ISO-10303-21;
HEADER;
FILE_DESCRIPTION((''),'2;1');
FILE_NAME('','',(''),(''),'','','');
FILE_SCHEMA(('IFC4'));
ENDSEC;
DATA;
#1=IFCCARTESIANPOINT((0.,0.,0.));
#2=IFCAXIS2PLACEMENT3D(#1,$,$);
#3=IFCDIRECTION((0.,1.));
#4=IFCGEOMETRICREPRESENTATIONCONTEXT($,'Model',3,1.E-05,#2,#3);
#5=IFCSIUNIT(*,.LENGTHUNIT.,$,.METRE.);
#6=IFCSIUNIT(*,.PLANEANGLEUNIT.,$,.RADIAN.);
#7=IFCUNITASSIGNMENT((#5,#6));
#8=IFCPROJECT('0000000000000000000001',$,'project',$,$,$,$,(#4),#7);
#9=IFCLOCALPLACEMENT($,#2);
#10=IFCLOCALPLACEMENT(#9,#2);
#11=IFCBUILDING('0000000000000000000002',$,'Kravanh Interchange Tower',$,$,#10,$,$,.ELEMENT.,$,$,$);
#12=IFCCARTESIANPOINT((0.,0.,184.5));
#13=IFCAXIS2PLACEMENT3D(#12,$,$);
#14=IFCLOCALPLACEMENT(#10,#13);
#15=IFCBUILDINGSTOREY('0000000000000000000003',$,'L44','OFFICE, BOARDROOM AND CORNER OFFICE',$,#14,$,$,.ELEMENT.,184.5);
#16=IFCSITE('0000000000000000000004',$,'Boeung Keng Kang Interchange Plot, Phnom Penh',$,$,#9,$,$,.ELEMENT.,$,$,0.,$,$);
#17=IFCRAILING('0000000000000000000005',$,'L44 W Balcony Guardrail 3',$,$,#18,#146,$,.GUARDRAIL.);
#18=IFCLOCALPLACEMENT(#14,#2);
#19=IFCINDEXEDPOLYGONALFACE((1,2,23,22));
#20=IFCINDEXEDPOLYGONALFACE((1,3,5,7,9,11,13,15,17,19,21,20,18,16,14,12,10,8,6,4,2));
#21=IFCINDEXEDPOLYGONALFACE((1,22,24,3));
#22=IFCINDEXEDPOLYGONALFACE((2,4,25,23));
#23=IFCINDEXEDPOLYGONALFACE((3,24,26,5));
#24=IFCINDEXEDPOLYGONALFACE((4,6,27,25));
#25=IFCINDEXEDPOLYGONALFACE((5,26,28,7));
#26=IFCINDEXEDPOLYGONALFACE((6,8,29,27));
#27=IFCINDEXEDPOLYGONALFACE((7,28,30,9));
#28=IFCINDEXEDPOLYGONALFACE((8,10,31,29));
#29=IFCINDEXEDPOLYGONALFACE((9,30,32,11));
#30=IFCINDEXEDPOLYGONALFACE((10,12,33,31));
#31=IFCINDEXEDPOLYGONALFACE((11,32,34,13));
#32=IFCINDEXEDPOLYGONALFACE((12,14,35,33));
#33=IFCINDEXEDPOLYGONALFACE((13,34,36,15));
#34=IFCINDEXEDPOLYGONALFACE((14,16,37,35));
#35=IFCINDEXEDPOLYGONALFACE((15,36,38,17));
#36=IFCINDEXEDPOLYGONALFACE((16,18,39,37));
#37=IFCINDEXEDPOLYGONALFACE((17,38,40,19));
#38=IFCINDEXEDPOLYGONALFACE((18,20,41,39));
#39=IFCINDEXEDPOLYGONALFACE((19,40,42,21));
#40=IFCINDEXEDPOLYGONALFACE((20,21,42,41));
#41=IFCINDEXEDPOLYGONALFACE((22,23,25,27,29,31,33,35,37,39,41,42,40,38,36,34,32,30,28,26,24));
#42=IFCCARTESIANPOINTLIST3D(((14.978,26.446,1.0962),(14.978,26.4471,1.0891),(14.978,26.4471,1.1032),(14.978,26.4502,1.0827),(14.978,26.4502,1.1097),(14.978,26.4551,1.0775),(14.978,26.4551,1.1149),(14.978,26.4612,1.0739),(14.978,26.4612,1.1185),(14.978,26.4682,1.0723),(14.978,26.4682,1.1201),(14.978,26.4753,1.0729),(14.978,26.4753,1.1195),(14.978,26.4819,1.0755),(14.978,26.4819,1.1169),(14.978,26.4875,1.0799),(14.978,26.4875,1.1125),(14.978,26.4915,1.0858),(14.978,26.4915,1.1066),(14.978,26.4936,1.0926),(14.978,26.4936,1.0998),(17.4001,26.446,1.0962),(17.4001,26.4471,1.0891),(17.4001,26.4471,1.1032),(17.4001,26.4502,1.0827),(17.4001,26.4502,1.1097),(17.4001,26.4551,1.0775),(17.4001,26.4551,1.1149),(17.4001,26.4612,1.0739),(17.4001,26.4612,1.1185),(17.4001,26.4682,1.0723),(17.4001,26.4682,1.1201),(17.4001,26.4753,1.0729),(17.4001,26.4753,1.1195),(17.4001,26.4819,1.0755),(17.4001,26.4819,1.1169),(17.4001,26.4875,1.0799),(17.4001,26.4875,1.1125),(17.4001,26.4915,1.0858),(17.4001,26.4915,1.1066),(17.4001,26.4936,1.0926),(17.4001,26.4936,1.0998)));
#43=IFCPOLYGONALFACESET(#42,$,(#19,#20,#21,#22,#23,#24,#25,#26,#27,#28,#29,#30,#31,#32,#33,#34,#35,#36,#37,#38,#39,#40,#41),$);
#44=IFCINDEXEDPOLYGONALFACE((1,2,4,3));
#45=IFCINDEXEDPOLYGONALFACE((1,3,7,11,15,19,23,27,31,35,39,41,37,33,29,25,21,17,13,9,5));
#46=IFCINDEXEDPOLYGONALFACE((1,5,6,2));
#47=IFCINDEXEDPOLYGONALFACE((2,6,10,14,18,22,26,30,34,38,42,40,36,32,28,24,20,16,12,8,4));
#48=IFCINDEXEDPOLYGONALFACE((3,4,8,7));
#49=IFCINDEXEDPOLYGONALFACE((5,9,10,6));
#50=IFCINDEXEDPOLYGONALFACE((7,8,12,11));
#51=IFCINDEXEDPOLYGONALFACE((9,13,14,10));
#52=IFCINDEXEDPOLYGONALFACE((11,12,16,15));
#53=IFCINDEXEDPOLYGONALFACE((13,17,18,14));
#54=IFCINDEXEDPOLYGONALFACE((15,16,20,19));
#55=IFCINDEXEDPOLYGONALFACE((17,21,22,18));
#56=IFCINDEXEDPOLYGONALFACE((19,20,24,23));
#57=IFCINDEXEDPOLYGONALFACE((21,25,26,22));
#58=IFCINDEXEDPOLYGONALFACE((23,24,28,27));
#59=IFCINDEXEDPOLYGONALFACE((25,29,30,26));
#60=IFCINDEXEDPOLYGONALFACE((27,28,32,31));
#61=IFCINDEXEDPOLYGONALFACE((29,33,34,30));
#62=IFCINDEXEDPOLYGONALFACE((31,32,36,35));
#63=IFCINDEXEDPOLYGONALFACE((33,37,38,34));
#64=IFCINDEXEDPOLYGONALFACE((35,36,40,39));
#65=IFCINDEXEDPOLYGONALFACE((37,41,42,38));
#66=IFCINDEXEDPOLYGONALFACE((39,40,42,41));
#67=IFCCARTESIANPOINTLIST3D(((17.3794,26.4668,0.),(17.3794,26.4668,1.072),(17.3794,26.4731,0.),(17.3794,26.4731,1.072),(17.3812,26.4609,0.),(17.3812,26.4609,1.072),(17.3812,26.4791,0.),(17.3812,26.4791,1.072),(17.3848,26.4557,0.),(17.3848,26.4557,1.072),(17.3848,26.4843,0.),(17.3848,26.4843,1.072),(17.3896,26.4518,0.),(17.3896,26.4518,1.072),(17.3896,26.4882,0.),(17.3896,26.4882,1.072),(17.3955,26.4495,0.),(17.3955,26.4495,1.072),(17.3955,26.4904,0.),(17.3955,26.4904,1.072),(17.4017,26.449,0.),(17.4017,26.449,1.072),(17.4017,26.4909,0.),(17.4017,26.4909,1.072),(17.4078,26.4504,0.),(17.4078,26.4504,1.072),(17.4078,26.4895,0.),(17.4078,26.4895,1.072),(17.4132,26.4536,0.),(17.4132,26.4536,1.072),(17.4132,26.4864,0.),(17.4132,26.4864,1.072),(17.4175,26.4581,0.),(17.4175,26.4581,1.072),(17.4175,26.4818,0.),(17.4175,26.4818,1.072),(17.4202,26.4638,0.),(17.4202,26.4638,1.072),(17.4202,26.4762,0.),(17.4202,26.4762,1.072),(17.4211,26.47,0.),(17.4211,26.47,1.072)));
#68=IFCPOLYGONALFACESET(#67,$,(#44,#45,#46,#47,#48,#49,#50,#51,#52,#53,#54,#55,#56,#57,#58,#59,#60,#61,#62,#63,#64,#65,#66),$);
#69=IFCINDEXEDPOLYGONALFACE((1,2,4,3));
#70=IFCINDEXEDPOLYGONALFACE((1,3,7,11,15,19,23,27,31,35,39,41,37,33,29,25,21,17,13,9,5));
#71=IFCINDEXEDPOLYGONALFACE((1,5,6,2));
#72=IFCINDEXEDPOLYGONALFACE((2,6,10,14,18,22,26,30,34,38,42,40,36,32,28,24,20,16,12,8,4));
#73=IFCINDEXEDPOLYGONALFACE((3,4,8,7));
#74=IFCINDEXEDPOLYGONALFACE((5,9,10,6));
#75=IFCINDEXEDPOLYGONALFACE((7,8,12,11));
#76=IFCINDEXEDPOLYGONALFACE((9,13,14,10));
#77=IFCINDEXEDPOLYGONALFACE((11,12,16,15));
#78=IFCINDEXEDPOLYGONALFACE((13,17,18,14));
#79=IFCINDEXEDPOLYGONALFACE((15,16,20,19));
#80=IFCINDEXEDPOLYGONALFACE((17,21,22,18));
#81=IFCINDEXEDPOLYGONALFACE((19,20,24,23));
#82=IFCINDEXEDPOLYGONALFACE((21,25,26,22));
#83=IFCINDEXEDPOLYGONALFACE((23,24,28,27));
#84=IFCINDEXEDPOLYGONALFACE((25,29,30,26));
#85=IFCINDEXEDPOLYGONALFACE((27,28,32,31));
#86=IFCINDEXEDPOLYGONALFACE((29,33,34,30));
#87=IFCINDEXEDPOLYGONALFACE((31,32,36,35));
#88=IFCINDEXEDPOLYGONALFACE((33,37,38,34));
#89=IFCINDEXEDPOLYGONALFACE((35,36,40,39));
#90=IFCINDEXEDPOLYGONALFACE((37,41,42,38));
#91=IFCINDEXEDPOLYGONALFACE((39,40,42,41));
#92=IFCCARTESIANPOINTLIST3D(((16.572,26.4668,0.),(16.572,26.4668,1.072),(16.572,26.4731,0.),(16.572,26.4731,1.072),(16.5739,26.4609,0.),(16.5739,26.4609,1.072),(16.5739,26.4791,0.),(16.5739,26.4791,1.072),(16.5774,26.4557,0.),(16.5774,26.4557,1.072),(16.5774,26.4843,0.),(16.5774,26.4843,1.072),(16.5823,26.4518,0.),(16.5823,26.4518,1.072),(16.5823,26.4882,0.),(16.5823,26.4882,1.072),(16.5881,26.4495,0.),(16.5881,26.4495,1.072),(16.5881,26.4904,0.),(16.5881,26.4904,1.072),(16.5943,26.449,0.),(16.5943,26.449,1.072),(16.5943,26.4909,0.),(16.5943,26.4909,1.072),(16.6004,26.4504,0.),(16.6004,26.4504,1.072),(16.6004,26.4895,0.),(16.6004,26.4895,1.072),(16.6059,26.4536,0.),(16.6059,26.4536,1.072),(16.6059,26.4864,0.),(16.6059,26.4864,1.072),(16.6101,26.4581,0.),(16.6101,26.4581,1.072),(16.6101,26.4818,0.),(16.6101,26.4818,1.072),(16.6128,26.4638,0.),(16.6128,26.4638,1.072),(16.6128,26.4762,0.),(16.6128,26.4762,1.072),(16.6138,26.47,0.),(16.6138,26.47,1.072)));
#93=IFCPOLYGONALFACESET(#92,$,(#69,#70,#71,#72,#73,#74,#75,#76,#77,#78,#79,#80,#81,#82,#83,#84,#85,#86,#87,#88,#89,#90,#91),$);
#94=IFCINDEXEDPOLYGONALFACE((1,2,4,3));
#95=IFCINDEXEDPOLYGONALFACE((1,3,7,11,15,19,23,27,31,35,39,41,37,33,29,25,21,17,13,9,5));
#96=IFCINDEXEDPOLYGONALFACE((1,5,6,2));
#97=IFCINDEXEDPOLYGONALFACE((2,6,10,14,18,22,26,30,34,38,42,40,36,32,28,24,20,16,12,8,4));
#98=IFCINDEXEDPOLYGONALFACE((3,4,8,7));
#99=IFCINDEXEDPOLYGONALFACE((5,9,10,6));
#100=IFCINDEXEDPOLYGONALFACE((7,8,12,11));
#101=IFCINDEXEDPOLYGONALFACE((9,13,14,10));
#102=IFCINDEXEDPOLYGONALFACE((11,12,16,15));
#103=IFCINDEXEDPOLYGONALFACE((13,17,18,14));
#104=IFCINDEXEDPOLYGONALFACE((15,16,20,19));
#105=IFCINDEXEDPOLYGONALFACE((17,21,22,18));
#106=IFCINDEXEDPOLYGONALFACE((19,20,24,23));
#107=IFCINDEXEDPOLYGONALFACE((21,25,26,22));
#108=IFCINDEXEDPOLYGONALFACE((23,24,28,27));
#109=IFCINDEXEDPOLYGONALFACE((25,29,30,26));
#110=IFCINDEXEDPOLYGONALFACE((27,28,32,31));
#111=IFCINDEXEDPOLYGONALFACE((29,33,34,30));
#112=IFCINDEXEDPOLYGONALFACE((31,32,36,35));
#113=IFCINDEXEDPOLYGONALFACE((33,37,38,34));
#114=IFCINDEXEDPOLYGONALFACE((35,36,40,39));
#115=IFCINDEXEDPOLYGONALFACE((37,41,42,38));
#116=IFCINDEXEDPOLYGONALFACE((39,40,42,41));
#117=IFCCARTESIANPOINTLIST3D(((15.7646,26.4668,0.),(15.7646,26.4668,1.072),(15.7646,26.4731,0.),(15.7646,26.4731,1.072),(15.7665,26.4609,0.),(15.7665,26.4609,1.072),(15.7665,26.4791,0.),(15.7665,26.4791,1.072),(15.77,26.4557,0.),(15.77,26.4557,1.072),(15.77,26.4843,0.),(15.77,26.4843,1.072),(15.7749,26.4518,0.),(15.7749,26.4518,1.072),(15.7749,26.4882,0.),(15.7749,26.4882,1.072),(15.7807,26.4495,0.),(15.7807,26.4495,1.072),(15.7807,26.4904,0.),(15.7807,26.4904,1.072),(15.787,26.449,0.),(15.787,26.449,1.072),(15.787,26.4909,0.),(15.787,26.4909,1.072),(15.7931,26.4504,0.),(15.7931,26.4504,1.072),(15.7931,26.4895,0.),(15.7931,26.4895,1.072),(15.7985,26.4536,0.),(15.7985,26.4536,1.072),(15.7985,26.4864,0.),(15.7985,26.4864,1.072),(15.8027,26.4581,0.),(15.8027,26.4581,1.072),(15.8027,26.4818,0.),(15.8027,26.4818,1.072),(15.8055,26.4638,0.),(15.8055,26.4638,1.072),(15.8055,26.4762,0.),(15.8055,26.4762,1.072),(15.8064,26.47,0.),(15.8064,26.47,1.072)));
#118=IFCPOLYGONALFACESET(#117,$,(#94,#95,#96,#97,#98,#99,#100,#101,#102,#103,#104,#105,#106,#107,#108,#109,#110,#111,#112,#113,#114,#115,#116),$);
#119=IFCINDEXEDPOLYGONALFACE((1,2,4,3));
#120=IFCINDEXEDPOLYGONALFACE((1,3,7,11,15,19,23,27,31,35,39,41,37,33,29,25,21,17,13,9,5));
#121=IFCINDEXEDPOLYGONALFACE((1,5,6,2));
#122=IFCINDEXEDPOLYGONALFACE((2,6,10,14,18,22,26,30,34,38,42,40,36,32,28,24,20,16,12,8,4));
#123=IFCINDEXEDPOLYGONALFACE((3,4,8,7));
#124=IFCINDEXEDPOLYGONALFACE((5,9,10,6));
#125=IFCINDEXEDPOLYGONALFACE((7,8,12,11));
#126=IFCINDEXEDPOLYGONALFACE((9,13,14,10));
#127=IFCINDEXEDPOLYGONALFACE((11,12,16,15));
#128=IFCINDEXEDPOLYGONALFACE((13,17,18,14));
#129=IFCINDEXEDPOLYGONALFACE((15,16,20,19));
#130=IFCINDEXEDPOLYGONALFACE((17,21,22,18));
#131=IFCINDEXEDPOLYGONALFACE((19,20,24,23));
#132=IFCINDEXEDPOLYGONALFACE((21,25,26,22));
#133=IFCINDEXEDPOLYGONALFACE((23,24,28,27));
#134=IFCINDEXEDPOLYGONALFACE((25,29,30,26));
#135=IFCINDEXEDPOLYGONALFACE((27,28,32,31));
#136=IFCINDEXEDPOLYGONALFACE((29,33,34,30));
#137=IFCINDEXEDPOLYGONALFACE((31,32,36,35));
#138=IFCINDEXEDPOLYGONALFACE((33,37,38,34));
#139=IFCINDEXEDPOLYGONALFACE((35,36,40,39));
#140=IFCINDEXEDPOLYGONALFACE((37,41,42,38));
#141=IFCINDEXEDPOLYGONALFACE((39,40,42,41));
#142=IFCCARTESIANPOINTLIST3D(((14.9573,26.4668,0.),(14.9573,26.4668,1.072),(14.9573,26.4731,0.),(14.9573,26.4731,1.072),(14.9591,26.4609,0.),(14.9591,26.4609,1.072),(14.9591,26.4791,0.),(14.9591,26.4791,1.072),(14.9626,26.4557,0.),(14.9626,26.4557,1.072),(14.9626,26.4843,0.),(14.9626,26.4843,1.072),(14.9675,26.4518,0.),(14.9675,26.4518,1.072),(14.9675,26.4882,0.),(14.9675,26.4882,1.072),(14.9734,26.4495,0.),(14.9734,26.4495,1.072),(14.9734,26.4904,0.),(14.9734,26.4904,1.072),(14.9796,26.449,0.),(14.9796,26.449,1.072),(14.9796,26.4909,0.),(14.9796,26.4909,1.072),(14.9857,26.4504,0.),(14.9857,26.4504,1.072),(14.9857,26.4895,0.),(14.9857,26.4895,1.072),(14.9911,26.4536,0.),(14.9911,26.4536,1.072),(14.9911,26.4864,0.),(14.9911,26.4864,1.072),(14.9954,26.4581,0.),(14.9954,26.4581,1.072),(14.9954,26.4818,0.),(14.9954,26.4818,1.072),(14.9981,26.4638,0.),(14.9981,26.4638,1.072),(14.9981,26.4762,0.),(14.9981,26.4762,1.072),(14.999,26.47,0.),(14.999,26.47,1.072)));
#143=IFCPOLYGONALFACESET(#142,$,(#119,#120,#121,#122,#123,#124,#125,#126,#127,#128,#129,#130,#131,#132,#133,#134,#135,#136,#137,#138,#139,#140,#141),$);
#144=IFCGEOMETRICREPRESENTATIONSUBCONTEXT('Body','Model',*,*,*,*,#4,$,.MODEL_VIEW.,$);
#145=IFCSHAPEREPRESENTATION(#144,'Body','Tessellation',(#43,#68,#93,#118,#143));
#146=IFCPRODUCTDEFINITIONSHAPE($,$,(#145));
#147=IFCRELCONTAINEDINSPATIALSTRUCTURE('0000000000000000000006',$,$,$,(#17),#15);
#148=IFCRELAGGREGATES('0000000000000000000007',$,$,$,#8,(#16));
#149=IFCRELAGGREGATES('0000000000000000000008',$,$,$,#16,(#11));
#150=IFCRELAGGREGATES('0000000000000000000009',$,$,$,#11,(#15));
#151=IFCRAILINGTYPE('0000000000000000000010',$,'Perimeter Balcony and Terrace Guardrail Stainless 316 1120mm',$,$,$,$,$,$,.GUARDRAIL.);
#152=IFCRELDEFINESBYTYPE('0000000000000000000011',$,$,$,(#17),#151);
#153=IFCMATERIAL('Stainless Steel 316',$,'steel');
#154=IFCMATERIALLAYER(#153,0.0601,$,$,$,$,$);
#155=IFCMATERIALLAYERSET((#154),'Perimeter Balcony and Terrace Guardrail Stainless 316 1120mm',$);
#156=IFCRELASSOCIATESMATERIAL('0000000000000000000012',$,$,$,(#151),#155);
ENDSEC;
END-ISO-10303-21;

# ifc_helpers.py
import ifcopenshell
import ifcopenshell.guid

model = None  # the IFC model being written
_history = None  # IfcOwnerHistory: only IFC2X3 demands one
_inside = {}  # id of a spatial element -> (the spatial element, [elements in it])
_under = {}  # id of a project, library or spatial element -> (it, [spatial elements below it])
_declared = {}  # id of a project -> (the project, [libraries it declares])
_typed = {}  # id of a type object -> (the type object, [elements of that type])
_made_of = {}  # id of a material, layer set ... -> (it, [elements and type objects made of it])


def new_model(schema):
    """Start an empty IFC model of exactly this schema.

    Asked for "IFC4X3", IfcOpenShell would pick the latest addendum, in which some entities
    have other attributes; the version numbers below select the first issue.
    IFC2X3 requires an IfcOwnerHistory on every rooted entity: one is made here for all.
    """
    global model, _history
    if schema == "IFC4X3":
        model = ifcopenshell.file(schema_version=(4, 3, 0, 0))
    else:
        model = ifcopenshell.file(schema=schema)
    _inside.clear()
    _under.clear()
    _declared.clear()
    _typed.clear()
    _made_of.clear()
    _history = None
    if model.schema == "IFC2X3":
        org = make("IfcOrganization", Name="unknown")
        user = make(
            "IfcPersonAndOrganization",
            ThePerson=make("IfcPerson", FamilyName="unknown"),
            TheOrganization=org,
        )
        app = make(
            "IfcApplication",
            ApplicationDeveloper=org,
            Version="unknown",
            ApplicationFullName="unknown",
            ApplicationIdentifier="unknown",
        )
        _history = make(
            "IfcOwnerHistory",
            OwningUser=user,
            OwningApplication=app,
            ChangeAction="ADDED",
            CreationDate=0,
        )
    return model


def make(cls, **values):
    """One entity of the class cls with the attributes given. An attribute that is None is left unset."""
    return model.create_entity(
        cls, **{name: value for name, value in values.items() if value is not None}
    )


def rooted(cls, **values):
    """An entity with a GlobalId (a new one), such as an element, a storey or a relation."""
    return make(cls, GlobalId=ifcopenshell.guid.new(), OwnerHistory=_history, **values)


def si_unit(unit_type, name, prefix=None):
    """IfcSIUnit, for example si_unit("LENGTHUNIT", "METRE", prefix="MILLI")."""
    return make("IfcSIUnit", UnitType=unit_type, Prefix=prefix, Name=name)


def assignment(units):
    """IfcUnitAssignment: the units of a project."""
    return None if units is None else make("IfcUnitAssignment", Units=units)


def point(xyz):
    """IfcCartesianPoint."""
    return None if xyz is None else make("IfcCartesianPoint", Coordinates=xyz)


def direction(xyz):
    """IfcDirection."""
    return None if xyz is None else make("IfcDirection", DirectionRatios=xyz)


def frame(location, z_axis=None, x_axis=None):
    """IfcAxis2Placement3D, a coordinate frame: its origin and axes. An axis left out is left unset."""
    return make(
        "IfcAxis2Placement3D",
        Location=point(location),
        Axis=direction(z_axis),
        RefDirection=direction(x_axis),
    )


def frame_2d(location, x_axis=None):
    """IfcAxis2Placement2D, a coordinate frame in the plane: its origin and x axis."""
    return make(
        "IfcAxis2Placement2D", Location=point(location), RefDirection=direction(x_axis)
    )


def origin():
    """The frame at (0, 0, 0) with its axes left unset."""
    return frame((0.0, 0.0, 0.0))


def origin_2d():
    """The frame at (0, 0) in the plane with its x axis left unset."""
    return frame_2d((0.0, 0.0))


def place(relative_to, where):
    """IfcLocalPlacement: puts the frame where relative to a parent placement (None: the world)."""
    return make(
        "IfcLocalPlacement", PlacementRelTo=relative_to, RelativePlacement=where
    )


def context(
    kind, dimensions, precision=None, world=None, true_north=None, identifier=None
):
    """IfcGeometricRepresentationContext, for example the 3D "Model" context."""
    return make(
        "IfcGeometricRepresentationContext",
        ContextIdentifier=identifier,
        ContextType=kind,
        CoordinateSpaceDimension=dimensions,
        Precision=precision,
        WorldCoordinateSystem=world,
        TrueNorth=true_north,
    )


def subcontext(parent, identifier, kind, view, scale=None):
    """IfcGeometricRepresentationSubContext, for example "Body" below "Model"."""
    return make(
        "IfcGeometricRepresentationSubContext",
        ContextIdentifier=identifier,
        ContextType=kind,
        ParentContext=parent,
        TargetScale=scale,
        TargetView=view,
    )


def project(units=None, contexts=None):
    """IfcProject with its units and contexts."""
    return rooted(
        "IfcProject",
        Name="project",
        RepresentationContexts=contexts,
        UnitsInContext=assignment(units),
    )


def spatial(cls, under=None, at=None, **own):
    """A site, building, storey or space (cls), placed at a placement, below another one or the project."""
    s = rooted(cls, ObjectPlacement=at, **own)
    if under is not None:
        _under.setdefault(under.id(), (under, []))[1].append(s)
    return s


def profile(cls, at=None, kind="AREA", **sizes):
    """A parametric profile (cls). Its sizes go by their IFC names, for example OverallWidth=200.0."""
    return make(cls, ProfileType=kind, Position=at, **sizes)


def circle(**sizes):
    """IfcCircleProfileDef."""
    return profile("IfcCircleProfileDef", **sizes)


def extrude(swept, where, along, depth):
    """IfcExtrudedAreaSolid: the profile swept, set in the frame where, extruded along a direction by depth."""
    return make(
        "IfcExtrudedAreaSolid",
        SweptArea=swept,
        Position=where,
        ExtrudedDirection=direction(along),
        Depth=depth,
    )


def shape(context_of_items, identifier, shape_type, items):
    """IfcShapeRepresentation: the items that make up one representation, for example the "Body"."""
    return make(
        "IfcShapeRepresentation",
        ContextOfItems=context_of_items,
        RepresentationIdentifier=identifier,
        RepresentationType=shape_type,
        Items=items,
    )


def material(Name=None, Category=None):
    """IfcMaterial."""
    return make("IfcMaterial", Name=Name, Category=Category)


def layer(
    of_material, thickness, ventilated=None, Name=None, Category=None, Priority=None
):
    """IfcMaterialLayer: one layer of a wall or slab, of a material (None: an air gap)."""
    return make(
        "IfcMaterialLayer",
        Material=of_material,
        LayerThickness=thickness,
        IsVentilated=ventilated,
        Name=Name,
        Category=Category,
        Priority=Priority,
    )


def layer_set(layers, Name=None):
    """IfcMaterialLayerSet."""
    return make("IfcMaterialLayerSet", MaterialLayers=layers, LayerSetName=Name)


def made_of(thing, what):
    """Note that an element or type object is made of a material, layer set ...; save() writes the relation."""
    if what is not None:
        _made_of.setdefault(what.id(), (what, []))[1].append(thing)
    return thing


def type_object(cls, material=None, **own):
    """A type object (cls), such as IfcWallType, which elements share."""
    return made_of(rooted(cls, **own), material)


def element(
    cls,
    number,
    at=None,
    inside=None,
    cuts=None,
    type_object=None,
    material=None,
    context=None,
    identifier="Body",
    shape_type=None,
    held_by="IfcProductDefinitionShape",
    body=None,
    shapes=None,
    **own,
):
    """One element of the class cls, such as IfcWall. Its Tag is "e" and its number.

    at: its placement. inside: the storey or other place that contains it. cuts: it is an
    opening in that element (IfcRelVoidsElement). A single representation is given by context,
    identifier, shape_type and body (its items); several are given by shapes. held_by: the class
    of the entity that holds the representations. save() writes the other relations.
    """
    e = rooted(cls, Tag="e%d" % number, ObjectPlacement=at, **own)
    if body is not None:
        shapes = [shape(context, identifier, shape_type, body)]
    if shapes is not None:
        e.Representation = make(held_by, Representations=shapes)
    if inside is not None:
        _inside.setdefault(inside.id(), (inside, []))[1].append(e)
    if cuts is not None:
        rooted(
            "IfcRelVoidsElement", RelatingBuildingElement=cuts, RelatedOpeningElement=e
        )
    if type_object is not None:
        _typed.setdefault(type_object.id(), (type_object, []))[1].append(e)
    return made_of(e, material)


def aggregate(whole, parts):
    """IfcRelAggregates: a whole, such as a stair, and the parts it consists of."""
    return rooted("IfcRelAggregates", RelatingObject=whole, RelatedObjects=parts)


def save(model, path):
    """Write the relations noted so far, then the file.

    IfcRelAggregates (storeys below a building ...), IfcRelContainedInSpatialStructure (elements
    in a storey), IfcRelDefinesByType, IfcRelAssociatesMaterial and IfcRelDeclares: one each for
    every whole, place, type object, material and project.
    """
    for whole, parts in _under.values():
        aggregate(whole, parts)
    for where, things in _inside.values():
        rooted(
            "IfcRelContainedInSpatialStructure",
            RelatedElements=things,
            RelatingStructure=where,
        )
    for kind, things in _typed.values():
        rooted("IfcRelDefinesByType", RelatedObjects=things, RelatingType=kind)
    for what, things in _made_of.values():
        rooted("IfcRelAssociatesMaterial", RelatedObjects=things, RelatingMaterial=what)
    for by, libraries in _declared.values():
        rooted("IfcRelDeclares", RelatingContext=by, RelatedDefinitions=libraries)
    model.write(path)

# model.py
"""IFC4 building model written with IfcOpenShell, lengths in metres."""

from ifc_helpers import new_model, si_unit, direction, frame, origin, origin_2d, place, context, subcontext, project, spatial, circle, extrude, material, layer, layer_set, type_object, element, save


model = new_model("IFC4")

# Units and contexts
model_context = context("Model", 3, precision=1e-05, world=origin(), true_north=direction((0.0, 1.0)))
body_context = subcontext(model_context, "Body", "Model", "MODEL_VIEW")
ifc_project = project(units=[si_unit("LENGTHUNIT", "METRE"), si_unit("PLANEANGLEUNIT", "RADIAN")], contexts=[model_context])

# Site, building, storey
site_placement = place(None, origin())
site = spatial("IfcSite", under=ifc_project, at=site_placement, Name="Boeung Keng Kang Interchange Plot, Phnom Penh", CompositionType="ELEMENT", RefElevation=0.0)
building_placement = place(site_placement, origin())
building = spatial("IfcBuilding", under=site, at=building_placement, Name="Kravanh Interchange Tower", CompositionType="ELEMENT")
storey_placement = place(building_placement, frame((0.0, 0.0, 184.5)))
storey = spatial("IfcBuildingStorey", under=building, at=storey_placement, Name="L44", Description="OFFICE, BOARDROOM AND CORNER OFFICE", CompositionType="ELEMENT", Elevation=184.5)

# Railing
ifc_material_1 = material(Name="Stainless Steel 316", Category="steel")
ifc_layer_1 = layer(ifc_material_1, 0.0601)
ifc_layer_set_1 = layer_set([ifc_layer_1], Name="Perimeter Balcony and Terrace Guardrail Stainless 316 1120mm")
railing_type = type_object("IfcRailingType", Name="Perimeter Balcony and Terrace Guardrail Stainless 316 1120mm", PredefinedType="GUARDRAIL", material=ifc_layer_set_1)
railing_1_placement = place(storey_placement, frame((17.4001, 26.47, 0.0)))
element("IfcRailing", 1, at=railing_1_placement, inside=storey, type_object=railing_type, Name="L44 W Balcony Guardrail 3", PredefinedType="GUARDRAIL", context=body_context, shape_type="SweptSolid", body=[
    extrude(circle(Radius=0.0239, at=origin_2d()), frame((0.0, 0.0, 1.0962), z_axis=(-1.0, 0.0, 0.0), x_axis=(0.0, -1.0, 0.0)), (0.0, 0.0, 1.0), 2.4221),
    extrude(circle(Radius=0.021, at=origin_2d()), origin(), (0.0, 0.0, 1.0), 1.072),
    extrude(circle(Radius=0.021, at=origin_2d()), frame((-0.8074, 0.0, 0.0)), (0.0, 0.0, 1.0), 1.072),
    extrude(circle(Radius=0.021, at=origin_2d()), frame((-1.6147, 0.0, 0.0)), (0.0, 0.0, 1.0), 1.072),
    extrude(circle(Radius=0.021, at=origin_2d()), frame((-2.4221, 0.0, 0.0)), (0.0, 0.0, 1.0), 1.072),
])

save(model, "model.ifc")
